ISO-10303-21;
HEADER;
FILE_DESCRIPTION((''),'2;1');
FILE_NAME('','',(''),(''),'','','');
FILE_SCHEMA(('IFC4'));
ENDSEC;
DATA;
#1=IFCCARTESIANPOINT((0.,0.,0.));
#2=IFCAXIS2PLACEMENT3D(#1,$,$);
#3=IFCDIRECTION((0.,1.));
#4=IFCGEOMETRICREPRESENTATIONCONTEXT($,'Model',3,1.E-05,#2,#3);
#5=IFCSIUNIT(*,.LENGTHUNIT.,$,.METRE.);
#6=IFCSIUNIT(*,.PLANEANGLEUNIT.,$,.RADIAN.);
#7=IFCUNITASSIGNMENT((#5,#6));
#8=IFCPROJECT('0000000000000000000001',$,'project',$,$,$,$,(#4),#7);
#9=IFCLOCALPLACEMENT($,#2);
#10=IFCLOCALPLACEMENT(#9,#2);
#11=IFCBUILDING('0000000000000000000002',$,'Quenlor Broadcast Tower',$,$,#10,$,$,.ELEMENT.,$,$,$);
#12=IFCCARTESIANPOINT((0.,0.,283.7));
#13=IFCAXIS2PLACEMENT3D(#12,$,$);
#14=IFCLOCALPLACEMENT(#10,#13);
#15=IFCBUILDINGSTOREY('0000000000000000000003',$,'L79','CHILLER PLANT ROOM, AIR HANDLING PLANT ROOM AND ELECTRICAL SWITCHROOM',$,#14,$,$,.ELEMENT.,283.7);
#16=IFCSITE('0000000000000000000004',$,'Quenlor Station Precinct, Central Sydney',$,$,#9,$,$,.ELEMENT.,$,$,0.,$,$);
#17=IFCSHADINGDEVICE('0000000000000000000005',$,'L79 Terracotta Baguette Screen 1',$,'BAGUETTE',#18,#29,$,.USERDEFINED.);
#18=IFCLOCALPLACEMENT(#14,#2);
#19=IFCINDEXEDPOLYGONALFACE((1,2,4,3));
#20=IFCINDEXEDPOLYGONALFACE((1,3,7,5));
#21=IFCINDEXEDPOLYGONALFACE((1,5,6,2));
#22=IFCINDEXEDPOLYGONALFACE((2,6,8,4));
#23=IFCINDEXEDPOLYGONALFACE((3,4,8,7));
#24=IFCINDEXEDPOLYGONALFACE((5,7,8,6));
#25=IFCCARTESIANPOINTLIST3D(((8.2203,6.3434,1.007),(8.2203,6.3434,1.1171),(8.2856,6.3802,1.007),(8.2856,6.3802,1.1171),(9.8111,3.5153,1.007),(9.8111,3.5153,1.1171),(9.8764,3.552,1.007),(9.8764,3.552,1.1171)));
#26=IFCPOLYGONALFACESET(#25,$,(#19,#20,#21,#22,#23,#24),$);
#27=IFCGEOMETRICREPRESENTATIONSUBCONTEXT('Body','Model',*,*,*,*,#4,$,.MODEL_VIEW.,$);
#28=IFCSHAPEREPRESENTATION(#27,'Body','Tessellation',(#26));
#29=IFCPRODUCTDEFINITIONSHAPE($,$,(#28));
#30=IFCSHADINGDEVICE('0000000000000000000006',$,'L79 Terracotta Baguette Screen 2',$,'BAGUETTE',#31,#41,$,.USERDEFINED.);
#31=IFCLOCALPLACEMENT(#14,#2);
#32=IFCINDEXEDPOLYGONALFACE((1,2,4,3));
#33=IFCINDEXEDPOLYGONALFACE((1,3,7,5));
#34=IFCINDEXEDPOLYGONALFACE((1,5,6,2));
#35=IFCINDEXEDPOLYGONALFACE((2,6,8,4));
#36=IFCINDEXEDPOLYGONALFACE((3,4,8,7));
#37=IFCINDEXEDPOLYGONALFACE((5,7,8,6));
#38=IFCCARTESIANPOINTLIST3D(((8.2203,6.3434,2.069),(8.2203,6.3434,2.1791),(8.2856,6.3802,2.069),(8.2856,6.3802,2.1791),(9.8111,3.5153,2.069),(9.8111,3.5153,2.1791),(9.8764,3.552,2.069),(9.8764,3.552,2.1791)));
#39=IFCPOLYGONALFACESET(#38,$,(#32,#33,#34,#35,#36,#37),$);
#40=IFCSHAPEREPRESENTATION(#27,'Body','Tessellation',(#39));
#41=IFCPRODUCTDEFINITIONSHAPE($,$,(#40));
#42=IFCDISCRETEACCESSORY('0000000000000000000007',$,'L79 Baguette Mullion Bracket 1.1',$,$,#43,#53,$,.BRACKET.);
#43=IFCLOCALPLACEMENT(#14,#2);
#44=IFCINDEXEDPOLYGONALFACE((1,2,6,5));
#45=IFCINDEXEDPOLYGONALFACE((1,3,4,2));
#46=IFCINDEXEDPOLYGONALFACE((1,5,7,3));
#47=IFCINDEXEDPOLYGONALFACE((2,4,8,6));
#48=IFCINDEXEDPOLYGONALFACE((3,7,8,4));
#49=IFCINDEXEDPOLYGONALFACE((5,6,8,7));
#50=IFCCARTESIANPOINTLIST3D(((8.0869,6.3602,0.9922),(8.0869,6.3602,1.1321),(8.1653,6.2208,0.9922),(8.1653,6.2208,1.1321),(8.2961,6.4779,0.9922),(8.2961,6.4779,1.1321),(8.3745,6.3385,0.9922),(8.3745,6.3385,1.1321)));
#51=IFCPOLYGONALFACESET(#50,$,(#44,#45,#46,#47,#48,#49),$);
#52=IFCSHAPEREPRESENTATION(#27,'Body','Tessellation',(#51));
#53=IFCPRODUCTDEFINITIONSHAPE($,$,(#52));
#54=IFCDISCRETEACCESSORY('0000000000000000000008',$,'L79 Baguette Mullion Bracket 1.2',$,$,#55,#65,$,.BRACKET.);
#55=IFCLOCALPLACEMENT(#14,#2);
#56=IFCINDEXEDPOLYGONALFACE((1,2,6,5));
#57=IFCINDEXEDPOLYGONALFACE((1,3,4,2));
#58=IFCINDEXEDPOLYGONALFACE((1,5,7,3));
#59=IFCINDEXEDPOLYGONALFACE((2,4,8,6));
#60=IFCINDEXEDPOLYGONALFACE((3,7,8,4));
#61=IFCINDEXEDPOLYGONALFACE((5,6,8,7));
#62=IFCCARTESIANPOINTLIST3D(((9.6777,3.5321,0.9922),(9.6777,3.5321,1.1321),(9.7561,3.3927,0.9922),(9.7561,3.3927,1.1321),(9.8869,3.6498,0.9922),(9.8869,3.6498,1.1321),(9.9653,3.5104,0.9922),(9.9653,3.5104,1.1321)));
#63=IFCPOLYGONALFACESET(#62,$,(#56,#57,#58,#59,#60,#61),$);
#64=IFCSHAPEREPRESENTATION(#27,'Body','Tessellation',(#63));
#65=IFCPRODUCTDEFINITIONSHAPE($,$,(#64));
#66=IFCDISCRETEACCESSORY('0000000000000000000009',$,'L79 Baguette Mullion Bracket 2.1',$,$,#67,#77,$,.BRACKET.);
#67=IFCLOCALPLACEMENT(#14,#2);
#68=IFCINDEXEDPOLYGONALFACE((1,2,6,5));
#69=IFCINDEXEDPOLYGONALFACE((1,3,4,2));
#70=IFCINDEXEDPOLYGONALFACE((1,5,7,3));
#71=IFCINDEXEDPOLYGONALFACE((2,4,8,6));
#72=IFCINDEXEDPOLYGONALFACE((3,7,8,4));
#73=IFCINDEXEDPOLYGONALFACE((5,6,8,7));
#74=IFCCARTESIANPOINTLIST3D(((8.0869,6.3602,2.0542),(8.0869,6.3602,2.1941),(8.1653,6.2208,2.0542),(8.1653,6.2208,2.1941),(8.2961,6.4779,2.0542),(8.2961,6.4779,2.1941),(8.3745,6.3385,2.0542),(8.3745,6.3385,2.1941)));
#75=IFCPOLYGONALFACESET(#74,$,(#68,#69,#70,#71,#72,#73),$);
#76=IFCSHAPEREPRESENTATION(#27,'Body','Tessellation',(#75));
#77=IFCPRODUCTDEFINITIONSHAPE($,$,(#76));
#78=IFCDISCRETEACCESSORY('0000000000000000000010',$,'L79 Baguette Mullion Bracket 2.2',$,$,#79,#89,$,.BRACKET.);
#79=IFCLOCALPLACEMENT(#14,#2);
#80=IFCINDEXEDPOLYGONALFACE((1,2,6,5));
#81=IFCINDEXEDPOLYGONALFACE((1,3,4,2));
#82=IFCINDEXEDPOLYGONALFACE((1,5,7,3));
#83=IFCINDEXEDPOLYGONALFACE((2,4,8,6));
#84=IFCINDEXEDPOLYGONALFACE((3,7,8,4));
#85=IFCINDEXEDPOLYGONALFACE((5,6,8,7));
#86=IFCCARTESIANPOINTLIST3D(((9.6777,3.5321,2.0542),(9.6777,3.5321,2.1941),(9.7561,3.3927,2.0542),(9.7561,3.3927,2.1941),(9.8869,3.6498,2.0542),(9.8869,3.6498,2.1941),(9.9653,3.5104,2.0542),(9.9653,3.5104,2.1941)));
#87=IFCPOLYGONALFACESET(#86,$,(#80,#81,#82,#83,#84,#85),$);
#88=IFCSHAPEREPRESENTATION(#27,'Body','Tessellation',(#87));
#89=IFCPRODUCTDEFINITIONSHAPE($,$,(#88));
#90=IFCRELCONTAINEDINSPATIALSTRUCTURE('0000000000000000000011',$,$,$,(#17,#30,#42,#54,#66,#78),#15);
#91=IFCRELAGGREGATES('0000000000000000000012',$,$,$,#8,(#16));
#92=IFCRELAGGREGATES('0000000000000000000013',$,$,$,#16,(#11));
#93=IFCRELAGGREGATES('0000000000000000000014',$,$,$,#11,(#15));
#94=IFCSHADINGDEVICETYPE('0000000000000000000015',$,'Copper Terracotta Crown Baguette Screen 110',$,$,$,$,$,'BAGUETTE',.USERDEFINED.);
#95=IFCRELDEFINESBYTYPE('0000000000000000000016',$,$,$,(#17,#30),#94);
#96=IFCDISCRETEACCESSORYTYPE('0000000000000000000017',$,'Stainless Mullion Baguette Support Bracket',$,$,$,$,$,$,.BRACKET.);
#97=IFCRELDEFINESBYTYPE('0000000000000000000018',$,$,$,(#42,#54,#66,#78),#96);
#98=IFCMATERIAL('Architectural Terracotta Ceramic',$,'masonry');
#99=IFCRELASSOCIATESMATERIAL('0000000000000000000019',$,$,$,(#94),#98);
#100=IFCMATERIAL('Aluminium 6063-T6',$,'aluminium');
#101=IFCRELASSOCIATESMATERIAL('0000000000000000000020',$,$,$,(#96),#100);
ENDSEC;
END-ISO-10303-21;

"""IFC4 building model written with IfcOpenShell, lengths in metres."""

from ifc_helpers import new_model, si_unit, direction, frame, origin, origin_2d, place, context, subcontext, project, spatial, rectangle, extrude, material, material_profile, profile_set, type_object, element, save


model = new_model("IFC4")

# Units and contexts
model_context = context("Model", 3, precision=1e-05, world=origin(), true_north=direction((0.0, 1.0)))
body_context = subcontext(model_context, "Body", "Model", "MODEL_VIEW")
ifc_project = project(units=[si_unit("LENGTHUNIT", "METRE"), si_unit("PLANEANGLEUNIT", "RADIAN")], contexts=[model_context])

# Site, building, storey
site_placement = place(None, origin())
site = spatial("IfcSite", under=ifc_project, at=site_placement, Name="Quenlor Station Precinct, Central Sydney", CompositionType="ELEMENT", RefElevation=0.0)
building_placement = place(site_placement, origin())
building = spatial("IfcBuilding", under=site, at=building_placement, Name="Quenlor Broadcast Tower", CompositionType="ELEMENT")
storey_placement = place(building_placement, frame((0.0, 0.0, 283.7)))
storey = spatial("IfcBuildingStorey", under=building, at=storey_placement, Name="L79", Description="CHILLER PLANT ROOM, AIR HANDLING PLANT ROOM AND ELECTRICAL SWITCHROOM", CompositionType="ELEMENT", Elevation=283.7)

# Shading devices
ifc_material_1 = material(Name="Architectural Terracotta Ceramic", Category="masonry")
ifc_material_profile_1 = material_profile(ifc_material_1, rectangle(XDim=0.075, YDim=0.1101, at=origin_2d()))
ifc_profile_set_1 = profile_set([ifc_material_profile_1], Name="Architectural Terracotta Ceramic BAG75x110")
shading_device_type = type_object("IfcShadingDeviceType", Name="Copper Terracotta Crown Baguette Screen 110", ElementType="BAGUETTE", PredefinedType="USERDEFINED", material=ifc_profile_set_1)
for number, where, z_axis, x_axis, name in (
    (1, (8.2529, 6.3618, 1.062), (0.490261, -0.871576, 0.0), (0.871576, 0.490261, 0.0), "L79 Terracotta Baguette Screen 1"),
    (2, (8.2529, 6.3618, 2.124), (0.490261, -0.871576, 0.0), (0.871576, 0.490261, 0.0), "L79 Terracotta Baguette Screen 2"),
):
    element("IfcShadingDevice", number, at=place(storey_placement, frame(where, z_axis=z_axis, x_axis=x_axis)), inside=storey, type_object=shading_device_type, Name=name, ObjectType="BAGUETTE", PredefinedType="USERDEFINED", context=body_context, shape_type="SweptSolid", body=[
        extrude(rectangle(XDim=0.075, YDim=0.1101, at=origin_2d()), origin(), (0.0, 0.0, 1.0), 3.2449),
    ])

# Discrete accessories
ifc_material_2 = material(Name="Aluminium 6063-T6", Category="aluminium")
discrete_accessory_type = type_object("IfcDiscreteAccessoryType", Name="Stainless Mullion Baguette Support Bracket", PredefinedType="BRACKET", material=ifc_material_2)
for number, where, z_axis, x_axis, name in (
    (3, (8.2307, 6.3494, 0.9922), (0.0, 0.0, 1.0), (0.490268, -0.871572, 0.0), "L79 Baguette Mullion Bracket 1.1"),
    (4, (9.8215, 3.5212, 0.9922), (0.0, 0.0, 1.0), (0.490268, -0.871572, 0.0), "L79 Baguette Mullion Bracket 1.2"),
    (5, (8.2307, 6.3494, 2.0542), (0.0, 0.0, 1.0), (0.490268, -0.871572, 0.0), "L79 Baguette Mullion Bracket 2.1"),
    (6, (9.8215, 3.5212, 2.0542), (0.0, 0.0, 1.0), (0.490268, -0.871572, 0.0), "L79 Baguette Mullion Bracket 2.2"),
):
    element("IfcDiscreteAccessory", number, at=place(storey_placement, frame(where, z_axis=z_axis, x_axis=x_axis)), inside=storey, type_object=discrete_accessory_type, Name=name, PredefinedType="BRACKET", context=body_context, shape_type="SweptSolid", body=[
        extrude(rectangle(XDim=0.1599, YDim=0.24, at=origin_2d()), origin(), (0.0, 0.0, 1.0), 0.1399),
    ])

save(model, "model.ifc")
